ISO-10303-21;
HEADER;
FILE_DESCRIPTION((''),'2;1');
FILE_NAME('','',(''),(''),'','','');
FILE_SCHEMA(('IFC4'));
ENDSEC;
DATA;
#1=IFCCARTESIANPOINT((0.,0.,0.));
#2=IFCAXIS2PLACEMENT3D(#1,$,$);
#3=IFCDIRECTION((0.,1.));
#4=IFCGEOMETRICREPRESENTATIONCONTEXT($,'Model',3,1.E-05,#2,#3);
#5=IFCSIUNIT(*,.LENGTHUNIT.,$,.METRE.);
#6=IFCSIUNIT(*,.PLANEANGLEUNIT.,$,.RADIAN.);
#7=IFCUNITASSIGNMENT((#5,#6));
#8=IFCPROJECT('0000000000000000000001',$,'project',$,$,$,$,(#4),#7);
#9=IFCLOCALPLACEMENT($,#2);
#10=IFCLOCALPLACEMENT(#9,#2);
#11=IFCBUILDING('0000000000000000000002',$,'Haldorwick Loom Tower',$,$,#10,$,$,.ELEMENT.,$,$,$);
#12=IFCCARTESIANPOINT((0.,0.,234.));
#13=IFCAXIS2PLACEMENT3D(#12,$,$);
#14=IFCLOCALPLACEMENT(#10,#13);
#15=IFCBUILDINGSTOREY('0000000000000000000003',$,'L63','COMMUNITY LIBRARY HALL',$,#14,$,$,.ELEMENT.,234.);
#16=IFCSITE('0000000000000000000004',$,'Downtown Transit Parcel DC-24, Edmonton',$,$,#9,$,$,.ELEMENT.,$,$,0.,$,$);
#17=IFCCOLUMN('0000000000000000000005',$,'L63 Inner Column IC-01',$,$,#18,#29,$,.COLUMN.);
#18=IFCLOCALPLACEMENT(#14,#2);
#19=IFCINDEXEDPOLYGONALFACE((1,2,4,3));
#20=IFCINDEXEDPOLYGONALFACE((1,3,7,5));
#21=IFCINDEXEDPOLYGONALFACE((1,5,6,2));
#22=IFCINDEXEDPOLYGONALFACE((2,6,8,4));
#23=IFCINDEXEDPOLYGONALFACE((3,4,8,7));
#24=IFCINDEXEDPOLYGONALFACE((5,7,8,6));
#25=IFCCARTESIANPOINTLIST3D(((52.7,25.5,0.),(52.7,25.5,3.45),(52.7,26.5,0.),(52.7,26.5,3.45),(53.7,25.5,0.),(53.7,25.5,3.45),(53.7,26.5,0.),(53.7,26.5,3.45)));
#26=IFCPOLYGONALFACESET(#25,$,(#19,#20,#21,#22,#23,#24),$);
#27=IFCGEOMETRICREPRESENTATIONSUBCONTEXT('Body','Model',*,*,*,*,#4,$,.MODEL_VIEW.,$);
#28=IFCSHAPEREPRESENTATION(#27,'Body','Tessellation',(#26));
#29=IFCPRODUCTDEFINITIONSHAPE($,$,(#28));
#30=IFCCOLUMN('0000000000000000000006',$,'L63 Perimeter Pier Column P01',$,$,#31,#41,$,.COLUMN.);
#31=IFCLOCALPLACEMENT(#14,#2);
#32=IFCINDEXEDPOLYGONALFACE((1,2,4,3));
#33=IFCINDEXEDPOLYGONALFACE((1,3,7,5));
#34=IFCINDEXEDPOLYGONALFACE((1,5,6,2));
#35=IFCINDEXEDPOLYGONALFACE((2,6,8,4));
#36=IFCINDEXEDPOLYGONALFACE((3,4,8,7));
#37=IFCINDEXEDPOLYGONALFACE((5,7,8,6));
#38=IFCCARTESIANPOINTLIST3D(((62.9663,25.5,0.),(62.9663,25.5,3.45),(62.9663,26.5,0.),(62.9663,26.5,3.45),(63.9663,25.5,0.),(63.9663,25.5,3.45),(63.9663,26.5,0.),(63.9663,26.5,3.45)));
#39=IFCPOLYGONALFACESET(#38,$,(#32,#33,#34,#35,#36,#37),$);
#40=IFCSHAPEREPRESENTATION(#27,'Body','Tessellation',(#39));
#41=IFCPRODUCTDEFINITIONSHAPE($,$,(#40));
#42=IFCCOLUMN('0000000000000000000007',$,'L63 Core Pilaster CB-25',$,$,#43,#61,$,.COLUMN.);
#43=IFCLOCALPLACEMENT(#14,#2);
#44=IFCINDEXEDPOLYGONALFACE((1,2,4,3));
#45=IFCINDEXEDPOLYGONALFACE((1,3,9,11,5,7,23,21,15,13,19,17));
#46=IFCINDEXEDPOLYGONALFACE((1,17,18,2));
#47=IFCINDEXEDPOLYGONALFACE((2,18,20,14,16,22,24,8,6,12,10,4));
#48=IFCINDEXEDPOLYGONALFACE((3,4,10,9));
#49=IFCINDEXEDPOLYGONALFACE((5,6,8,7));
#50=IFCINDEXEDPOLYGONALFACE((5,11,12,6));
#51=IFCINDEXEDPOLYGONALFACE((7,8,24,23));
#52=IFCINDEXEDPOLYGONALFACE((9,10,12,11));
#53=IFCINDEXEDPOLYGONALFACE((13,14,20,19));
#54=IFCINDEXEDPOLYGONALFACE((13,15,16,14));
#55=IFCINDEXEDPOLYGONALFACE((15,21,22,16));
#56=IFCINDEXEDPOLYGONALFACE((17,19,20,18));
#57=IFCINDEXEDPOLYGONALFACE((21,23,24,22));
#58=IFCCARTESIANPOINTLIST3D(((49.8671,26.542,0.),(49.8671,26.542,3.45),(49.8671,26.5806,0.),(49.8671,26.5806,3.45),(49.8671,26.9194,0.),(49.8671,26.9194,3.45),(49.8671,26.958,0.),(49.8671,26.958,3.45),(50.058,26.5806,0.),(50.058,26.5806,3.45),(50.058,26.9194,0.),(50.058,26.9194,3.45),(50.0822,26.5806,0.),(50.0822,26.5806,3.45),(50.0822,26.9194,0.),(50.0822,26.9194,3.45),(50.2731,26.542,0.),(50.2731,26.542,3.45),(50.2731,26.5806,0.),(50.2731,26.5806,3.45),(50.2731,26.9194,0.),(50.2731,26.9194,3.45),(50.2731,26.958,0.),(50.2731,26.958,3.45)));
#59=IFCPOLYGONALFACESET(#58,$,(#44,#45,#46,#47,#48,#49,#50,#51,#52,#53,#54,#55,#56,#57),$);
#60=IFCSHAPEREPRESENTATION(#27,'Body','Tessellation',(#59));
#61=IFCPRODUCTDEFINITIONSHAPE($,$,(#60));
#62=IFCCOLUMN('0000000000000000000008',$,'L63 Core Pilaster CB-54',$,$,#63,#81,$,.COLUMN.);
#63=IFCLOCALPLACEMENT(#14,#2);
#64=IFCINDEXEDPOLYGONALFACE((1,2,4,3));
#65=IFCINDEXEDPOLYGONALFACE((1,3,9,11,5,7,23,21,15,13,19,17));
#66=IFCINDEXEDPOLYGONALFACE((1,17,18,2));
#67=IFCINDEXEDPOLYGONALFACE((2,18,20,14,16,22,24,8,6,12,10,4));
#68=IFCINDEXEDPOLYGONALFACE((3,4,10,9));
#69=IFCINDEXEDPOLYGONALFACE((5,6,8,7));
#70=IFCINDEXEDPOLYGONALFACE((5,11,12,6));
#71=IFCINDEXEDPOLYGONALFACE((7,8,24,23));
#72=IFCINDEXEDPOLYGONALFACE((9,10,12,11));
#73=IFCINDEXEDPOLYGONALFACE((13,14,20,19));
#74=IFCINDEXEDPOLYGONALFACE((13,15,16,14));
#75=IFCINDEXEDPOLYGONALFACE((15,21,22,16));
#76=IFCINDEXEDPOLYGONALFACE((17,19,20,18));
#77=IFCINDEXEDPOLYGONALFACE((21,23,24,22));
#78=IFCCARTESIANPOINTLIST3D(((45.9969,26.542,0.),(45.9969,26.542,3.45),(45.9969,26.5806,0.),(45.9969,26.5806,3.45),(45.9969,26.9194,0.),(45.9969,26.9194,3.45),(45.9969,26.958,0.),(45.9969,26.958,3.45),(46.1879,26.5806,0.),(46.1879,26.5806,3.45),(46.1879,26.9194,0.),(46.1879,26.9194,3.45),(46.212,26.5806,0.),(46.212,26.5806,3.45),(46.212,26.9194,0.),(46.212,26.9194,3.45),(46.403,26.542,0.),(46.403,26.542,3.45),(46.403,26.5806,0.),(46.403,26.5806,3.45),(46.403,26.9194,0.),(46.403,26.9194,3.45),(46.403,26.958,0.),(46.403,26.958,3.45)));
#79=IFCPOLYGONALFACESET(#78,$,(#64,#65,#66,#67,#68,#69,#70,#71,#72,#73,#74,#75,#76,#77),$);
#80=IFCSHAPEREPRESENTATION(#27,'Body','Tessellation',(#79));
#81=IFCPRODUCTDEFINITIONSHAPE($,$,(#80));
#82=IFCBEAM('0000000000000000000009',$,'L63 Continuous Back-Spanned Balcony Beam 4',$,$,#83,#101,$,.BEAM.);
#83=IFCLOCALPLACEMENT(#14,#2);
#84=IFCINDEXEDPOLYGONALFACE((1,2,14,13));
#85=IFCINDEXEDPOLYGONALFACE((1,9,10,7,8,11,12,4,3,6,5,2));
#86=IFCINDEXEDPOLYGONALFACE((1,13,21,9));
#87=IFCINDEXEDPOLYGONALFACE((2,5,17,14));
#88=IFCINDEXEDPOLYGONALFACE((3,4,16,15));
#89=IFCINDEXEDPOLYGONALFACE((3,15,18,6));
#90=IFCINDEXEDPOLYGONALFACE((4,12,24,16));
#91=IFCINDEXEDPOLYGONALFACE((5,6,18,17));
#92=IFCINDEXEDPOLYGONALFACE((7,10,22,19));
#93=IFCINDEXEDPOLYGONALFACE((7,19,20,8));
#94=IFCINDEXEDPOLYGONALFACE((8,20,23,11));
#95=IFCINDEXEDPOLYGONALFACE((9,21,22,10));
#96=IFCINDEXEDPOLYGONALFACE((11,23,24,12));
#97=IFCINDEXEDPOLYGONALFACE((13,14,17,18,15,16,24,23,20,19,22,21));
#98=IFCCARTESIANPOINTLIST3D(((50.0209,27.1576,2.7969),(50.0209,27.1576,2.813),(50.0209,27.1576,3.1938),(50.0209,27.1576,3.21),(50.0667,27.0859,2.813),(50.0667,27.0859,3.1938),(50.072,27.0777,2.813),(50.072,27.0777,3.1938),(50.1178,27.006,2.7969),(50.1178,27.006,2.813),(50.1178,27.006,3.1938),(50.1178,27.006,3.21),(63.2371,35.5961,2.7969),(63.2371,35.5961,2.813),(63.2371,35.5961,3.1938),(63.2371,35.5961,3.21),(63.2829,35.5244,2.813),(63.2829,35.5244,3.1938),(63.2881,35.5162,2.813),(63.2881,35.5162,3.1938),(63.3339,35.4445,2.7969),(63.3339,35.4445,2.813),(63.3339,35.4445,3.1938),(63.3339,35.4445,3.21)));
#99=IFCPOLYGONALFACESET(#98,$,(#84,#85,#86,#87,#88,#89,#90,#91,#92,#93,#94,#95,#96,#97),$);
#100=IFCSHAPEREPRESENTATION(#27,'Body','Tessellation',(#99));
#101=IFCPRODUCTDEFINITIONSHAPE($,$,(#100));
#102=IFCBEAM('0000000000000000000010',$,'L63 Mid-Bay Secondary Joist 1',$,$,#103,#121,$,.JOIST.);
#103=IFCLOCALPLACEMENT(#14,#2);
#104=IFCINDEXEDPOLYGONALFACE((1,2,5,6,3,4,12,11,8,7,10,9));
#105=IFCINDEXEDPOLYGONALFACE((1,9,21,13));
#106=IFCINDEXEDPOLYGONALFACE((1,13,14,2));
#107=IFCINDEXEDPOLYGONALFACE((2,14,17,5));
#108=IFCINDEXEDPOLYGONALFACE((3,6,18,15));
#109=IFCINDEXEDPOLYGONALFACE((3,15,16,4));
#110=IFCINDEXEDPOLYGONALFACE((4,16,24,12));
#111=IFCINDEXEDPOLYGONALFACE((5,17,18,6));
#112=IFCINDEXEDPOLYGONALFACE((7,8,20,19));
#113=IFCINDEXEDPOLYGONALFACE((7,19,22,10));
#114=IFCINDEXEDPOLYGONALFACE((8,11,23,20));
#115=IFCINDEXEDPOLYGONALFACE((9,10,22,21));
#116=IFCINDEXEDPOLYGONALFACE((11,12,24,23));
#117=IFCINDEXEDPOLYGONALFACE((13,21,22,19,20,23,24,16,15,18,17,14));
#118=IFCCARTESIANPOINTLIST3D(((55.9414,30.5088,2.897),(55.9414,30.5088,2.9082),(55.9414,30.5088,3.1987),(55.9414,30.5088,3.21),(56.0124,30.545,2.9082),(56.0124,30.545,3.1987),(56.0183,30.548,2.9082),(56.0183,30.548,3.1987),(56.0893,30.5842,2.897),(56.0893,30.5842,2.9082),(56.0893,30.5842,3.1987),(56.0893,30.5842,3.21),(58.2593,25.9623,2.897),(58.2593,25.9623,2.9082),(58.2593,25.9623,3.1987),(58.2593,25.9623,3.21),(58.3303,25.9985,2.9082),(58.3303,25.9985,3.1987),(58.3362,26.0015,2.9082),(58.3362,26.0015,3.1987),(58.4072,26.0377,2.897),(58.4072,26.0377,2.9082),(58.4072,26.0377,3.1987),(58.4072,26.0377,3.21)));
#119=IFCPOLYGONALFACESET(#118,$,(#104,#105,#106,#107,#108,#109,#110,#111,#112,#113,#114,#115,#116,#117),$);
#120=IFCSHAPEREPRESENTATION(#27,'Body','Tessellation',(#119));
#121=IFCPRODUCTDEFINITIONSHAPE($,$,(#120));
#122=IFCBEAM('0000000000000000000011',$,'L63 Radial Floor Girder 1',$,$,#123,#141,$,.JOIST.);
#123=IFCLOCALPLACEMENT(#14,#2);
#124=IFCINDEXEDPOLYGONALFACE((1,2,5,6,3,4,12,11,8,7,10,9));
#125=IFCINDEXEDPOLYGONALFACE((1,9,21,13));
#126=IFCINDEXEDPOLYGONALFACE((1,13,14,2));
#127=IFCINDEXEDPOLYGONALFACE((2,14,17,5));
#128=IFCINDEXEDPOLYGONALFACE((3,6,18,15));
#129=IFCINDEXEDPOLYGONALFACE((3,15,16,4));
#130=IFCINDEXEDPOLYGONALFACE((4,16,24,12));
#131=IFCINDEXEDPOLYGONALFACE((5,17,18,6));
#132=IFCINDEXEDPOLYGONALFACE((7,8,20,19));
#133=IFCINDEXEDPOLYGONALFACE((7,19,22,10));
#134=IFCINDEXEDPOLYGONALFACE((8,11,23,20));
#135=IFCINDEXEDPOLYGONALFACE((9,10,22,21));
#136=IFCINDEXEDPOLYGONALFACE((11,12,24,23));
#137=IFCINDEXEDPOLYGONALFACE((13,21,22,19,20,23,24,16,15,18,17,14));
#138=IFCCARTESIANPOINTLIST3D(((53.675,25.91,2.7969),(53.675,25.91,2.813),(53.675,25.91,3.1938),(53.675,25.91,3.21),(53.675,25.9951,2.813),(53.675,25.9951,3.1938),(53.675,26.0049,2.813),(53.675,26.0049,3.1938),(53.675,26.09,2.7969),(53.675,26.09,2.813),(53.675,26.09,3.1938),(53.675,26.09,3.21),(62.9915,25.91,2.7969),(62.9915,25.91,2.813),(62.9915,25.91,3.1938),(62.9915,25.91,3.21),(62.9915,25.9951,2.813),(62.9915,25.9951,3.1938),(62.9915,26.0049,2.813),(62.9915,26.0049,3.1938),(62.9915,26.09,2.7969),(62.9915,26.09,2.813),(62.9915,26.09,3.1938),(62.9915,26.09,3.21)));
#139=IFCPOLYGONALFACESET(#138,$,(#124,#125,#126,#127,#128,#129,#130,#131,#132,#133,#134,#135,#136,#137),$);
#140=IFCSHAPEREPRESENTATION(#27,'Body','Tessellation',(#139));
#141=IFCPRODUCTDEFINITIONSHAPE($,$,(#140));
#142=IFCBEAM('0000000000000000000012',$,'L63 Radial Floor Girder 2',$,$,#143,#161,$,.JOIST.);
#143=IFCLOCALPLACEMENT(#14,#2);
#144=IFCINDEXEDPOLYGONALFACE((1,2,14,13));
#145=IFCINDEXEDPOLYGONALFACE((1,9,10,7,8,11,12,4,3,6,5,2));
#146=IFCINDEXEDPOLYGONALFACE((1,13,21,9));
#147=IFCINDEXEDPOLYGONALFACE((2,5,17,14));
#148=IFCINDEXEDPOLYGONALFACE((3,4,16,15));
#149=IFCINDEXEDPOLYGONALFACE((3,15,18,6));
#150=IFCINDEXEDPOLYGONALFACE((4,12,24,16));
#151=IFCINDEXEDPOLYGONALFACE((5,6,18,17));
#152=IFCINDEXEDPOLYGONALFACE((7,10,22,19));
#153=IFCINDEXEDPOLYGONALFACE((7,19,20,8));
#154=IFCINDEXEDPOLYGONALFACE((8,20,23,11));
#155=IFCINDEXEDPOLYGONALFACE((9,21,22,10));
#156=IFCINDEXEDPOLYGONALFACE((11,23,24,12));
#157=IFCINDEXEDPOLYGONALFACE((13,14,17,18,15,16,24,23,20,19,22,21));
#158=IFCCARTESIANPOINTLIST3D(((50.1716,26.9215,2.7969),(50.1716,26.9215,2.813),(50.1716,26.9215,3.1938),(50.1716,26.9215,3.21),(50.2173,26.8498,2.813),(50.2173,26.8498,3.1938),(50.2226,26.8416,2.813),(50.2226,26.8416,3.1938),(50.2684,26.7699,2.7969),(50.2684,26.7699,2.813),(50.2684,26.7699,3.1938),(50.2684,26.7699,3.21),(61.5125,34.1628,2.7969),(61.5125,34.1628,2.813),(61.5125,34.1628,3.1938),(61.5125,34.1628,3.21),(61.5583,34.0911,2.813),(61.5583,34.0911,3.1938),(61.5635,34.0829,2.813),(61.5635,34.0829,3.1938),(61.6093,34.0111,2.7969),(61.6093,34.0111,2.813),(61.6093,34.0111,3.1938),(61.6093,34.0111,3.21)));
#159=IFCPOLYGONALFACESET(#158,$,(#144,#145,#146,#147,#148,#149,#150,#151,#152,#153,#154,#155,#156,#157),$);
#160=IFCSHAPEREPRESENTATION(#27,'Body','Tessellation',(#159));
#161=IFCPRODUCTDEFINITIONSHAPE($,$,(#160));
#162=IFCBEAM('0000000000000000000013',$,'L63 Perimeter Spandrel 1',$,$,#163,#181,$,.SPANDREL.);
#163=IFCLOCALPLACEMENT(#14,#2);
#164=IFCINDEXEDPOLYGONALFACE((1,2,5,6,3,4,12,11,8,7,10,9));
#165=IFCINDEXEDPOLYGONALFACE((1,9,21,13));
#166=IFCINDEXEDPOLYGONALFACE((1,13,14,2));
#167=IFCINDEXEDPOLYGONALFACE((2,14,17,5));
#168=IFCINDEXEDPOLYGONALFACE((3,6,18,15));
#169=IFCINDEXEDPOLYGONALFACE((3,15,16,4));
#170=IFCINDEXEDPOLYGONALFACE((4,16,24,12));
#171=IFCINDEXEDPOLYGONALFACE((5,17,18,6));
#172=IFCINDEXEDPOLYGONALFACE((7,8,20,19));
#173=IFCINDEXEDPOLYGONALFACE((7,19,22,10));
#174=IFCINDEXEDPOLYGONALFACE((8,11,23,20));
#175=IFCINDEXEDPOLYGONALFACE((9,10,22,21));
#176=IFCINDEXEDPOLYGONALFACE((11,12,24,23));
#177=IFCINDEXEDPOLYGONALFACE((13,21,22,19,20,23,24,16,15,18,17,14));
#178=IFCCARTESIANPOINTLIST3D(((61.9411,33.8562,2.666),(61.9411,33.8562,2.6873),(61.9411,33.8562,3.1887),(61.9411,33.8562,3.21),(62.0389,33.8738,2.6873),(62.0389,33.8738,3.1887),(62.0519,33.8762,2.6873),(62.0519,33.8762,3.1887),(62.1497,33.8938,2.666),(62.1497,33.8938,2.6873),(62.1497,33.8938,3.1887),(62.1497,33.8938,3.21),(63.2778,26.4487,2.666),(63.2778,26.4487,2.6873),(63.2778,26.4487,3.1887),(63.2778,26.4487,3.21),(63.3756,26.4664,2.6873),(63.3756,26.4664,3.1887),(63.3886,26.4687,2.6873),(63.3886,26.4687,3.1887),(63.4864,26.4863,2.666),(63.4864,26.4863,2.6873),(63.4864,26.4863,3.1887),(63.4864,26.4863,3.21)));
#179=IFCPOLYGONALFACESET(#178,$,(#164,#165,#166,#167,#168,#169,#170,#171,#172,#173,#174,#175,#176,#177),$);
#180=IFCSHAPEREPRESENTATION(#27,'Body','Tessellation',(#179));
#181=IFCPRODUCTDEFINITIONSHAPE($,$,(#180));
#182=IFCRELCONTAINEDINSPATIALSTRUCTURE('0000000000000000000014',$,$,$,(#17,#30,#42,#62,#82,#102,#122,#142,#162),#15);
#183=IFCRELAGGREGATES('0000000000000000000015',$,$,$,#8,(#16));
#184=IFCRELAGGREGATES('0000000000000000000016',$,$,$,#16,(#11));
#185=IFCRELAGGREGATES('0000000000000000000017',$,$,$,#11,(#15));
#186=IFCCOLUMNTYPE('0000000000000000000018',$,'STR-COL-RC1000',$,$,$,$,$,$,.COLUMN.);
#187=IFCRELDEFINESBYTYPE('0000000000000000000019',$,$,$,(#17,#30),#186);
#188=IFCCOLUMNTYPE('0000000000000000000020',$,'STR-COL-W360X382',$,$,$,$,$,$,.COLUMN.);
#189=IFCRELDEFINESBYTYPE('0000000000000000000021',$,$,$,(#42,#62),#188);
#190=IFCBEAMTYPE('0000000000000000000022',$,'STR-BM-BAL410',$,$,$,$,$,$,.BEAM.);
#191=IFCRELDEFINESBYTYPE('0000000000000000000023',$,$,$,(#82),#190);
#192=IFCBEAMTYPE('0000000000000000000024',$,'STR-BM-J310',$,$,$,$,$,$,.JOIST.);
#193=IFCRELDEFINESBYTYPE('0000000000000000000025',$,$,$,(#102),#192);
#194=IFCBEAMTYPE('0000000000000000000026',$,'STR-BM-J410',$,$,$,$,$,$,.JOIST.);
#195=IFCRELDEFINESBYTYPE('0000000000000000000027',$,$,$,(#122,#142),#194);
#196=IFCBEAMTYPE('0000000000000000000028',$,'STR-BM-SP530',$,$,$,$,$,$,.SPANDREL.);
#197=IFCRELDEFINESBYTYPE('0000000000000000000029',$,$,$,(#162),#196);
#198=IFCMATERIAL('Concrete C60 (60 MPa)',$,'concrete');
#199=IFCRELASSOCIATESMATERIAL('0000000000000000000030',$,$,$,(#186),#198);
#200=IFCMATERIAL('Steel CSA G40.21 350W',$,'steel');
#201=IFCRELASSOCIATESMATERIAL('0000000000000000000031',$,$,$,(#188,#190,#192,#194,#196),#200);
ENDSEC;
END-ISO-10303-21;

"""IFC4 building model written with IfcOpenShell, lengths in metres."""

from ifc_helpers import new_model, si_unit, direction, frame, origin, origin_2d, place, context, subcontext, project, spatial, rectangle, i_section, extrude, material, material_profile, profile_set, type_object, element, save


model = new_model("IFC4")

# Units and contexts
model_context = context("Model", 3, precision=1e-05, world=origin(), true_north=direction((0.0, 1.0)))
body_context = subcontext(model_context, "Body", "Model", "MODEL_VIEW")
ifc_project = project(units=[si_unit("LENGTHUNIT", "METRE"), si_unit("PLANEANGLEUNIT", "RADIAN")], contexts=[model_context])

# Site, building, storey
site_placement = place(None, origin())
site = spatial("IfcSite", under=ifc_project, at=site_placement, Name="Downtown Transit Parcel DC-24, Edmonton", CompositionType="ELEMENT", RefElevation=0.0)
building_placement = place(site_placement, origin())
building = spatial("IfcBuilding", under=site, at=building_placement, Name="Haldorwick Loom Tower", CompositionType="ELEMENT")
storey_placement = place(building_placement, frame((0.0, 0.0, 234.0)))
storey = spatial("IfcBuildingStorey", under=building, at=storey_placement, Name="L63", Description="COMMUNITY LIBRARY HALL", CompositionType="ELEMENT", Elevation=234.0)

# Columns
ifc_material_1 = material(Name="Concrete C60 (60 MPa)", Category="concrete")
ifc_material_profile_1 = material_profile(ifc_material_1, rectangle(XDim=1.0, YDim=1.0, at=origin_2d()), Name="RC1000X1000", Category="concrete")
ifc_profile_set_1 = profile_set([ifc_material_profile_1], Name="Concrete C60 (60 MPa)")
column_type_1 = type_object("IfcColumnType", Name="STR-COL-RC1000", PredefinedType="COLUMN", material=ifc_profile_set_1)
for number, where, z_axis, x_axis, name in (
    (1, (53.2, 26.0, 0.0), (0.0, 0.0, 1.0), (1.0, 0.0, 0.0), "L63 Inner Column IC-01"),
    (2, (63.4663, 26.0, 0.0), (0.0, 0.0, 1.0), (1.0, 0.0, 0.0), "L63 Perimeter Pier Column P01"),
):
    element("IfcColumn", number, at=place(storey_placement, frame(where, z_axis=z_axis, x_axis=x_axis)), inside=storey, type_object=column_type_1, Name=name, PredefinedType="COLUMN", context=body_context, shape_type="SweptSolid", body=[
        extrude(rectangle(XDim=1.0, YDim=1.0, at=origin_2d()), origin(), (0.0, 0.0, 1.0), 3.45),
    ])
ifc_material_2 = material(Name="Steel CSA G40.21 350W", Category="steel")
ifc_material_profile_2 = material_profile(ifc_material_2, i_section(OverallWidth=0.406, OverallDepth=0.416, WebThickness=0.0242, FlangeThickness=0.0386, at=origin_2d()), Name="W360X382", Category="steel")
ifc_profile_set_2 = profile_set([ifc_material_profile_2], Name="Steel CSA G40.21 350W")
column_type_2 = type_object("IfcColumnType", Name="STR-COL-W360X382", PredefinedType="COLUMN", material=ifc_profile_set_2)
for number, where, z_axis, x_axis, name in (
    (3, (50.0701, 26.75, 0.0), (0.0, 0.0, 1.0), (1.0, 0.0, 0.0), "L63 Core Pilaster CB-25"),
    (4, (46.2, 26.75, 0.0), (0.0, 0.0, 1.0), (1.0, 0.0, 0.0), "L63 Core Pilaster CB-54"),
):
    element("IfcColumn", number, at=place(storey_placement, frame(where, z_axis=z_axis, x_axis=x_axis)), inside=storey, type_object=column_type_2, Name=name, PredefinedType="COLUMN", context=body_context, shape_type="SweptSolid", body=[
        extrude(i_section(OverallWidth=0.406, OverallDepth=0.416, WebThickness=0.0242, FlangeThickness=0.0386, at=origin_2d()), origin(), (0.0, 0.0, 1.0), 3.45),
    ])

# Beams
ifc_material_profile_3 = material_profile(ifc_material_2, i_section(OverallWidth=0.1799, OverallDepth=0.4131, WebThickness=0.0098, FlangeThickness=0.0161, at=origin_2d()), Name="W410X74", Category="steel")
ifc_profile_set_3 = profile_set([ifc_material_profile_3], Name="Steel CSA G40.21 350W")
beam_type_1 = type_object("IfcBeamType", Name="STR-BM-BAL410", PredefinedType="BEAM", material=ifc_profile_set_3)
beam_1_placement = place(storey_placement, frame((50.0693, 27.0818, 3.0034), z_axis=(0.842844, 0.538157, 0.0), x_axis=(-0.538157, 0.842844, 0.0)))
element("IfcBeam", 5, at=beam_1_placement, inside=storey, type_object=beam_type_1, Name="L63 Continuous Back-Spanned Balcony Beam 4", PredefinedType="BEAM", context=body_context, shape_type="SweptSolid", body=[
    extrude(i_section(OverallWidth=0.1799, OverallDepth=0.4131, WebThickness=0.0098, FlangeThickness=0.0161, at=origin_2d()), origin(), (0.0, 0.0, 1.0), 15.6804),
])
ifc_material_profile_4 = material_profile(ifc_material_2, i_section(OverallWidth=0.166, OverallDepth=0.313, WebThickness=0.0066, FlangeThickness=0.0112, at=origin_2d()), Name="W310X45", Category="steel")
ifc_profile_set_4 = profile_set([ifc_material_profile_4], Name="Steel CSA G40.21 350W")
beam_type_2 = type_object("IfcBeamType", Name="STR-BM-J310", PredefinedType="JOIST", material=ifc_profile_set_4)
beam_2_placement = place(storey_placement, frame((58.3333, 26.0, 3.0535), z_axis=(-0.454204, 0.890898, 0.0), x_axis=(-0.890898, -0.454204, 0.0)))
element("IfcBeam", 6, at=beam_2_placement, inside=storey, type_object=beam_type_2, Name="L63 Mid-Bay Secondary Joist 1", PredefinedType="JOIST", context=body_context, shape_type="SweptSolid", body=[
    extrude(i_section(OverallWidth=0.166, OverallDepth=0.313, WebThickness=0.0066, FlangeThickness=0.0112, at=origin_2d()), origin(), (0.0, 0.0, 1.0), 5.1033),
])
ifc_material_profile_5 = material_profile(ifc_material_2, i_section(OverallWidth=0.1799, OverallDepth=0.4131, WebThickness=0.0098, FlangeThickness=0.0161, at=origin_2d()), Name="W410X74", Category="steel")
ifc_profile_set_5 = profile_set([ifc_material_profile_5], Name="Steel CSA G40.21 350W")
beam_type_3 = type_object("IfcBeamType", Name="STR-BM-J410", PredefinedType="JOIST", material=ifc_profile_set_5)
beam_3_placement = place(storey_placement, frame((53.675, 26.0, 3.0034), z_axis=(1.0, 0.0, 0.0), x_axis=(0.0, 1.0, 0.0)))
element("IfcBeam", 7, at=beam_3_placement, inside=storey, type_object=beam_type_3, Name="L63 Radial Floor Girder 1", PredefinedType="JOIST", context=body_context, shape_type="SweptSolid", body=[
    extrude(i_section(OverallWidth=0.1799, OverallDepth=0.4131, WebThickness=0.0098, FlangeThickness=0.0161, at=origin_2d()), origin(), (0.0, 0.0, 1.0), 9.3164),
])
beam_4_placement = place(storey_placement, frame((50.22, 26.8457, 3.0034), z_axis=(0.842842, 0.538162, 0.0), x_axis=(-0.538162, 0.842842, 0.0)))
element("IfcBeam", 8, at=beam_4_placement, inside=storey, type_object=beam_type_3, Name="L63 Radial Floor Girder 2", PredefinedType="JOIST", context=body_context, shape_type="SweptSolid", body=[
    extrude(i_section(OverallWidth=0.1799, OverallDepth=0.4131, WebThickness=0.0098, FlangeThickness=0.0161, at=origin_2d()), origin(), (0.0, 0.0, 1.0), 13.4556),
])
ifc_material_profile_6 = material_profile(ifc_material_2, i_section(OverallWidth=0.2119, OverallDepth=0.5439, WebThickness=0.0132, FlangeThickness=0.0212, at=origin_2d()), Name="W530X123", Category="steel")
ifc_profile_set_6 = profile_set([ifc_material_profile_6], Name="Steel CSA G40.21 350W")
beam_type_4 = type_object("IfcBeamType", Name="STR-BM-SP530", PredefinedType="SPANDREL", material=ifc_profile_set_6)
beam_5_placement = place(storey_placement, frame((63.3821, 26.4675, 2.938), z_axis=(-0.177581, 0.984106, 0.0), x_axis=(-0.984106, -0.177581, 0.0)))
element("IfcBeam", 9, at=beam_5_placement, inside=storey, type_object=beam_type_4, Name="L63 Perimeter Spandrel 1", PredefinedType="SPANDREL", context=body_context, shape_type="SweptSolid", body=[
    extrude(i_section(OverallWidth=0.2119, OverallDepth=0.5439, WebThickness=0.0132, FlangeThickness=0.0212, at=origin_2d()), origin(), (0.0, 0.0, 1.0), 7.5271),
])

save(model, "model.ifc")
